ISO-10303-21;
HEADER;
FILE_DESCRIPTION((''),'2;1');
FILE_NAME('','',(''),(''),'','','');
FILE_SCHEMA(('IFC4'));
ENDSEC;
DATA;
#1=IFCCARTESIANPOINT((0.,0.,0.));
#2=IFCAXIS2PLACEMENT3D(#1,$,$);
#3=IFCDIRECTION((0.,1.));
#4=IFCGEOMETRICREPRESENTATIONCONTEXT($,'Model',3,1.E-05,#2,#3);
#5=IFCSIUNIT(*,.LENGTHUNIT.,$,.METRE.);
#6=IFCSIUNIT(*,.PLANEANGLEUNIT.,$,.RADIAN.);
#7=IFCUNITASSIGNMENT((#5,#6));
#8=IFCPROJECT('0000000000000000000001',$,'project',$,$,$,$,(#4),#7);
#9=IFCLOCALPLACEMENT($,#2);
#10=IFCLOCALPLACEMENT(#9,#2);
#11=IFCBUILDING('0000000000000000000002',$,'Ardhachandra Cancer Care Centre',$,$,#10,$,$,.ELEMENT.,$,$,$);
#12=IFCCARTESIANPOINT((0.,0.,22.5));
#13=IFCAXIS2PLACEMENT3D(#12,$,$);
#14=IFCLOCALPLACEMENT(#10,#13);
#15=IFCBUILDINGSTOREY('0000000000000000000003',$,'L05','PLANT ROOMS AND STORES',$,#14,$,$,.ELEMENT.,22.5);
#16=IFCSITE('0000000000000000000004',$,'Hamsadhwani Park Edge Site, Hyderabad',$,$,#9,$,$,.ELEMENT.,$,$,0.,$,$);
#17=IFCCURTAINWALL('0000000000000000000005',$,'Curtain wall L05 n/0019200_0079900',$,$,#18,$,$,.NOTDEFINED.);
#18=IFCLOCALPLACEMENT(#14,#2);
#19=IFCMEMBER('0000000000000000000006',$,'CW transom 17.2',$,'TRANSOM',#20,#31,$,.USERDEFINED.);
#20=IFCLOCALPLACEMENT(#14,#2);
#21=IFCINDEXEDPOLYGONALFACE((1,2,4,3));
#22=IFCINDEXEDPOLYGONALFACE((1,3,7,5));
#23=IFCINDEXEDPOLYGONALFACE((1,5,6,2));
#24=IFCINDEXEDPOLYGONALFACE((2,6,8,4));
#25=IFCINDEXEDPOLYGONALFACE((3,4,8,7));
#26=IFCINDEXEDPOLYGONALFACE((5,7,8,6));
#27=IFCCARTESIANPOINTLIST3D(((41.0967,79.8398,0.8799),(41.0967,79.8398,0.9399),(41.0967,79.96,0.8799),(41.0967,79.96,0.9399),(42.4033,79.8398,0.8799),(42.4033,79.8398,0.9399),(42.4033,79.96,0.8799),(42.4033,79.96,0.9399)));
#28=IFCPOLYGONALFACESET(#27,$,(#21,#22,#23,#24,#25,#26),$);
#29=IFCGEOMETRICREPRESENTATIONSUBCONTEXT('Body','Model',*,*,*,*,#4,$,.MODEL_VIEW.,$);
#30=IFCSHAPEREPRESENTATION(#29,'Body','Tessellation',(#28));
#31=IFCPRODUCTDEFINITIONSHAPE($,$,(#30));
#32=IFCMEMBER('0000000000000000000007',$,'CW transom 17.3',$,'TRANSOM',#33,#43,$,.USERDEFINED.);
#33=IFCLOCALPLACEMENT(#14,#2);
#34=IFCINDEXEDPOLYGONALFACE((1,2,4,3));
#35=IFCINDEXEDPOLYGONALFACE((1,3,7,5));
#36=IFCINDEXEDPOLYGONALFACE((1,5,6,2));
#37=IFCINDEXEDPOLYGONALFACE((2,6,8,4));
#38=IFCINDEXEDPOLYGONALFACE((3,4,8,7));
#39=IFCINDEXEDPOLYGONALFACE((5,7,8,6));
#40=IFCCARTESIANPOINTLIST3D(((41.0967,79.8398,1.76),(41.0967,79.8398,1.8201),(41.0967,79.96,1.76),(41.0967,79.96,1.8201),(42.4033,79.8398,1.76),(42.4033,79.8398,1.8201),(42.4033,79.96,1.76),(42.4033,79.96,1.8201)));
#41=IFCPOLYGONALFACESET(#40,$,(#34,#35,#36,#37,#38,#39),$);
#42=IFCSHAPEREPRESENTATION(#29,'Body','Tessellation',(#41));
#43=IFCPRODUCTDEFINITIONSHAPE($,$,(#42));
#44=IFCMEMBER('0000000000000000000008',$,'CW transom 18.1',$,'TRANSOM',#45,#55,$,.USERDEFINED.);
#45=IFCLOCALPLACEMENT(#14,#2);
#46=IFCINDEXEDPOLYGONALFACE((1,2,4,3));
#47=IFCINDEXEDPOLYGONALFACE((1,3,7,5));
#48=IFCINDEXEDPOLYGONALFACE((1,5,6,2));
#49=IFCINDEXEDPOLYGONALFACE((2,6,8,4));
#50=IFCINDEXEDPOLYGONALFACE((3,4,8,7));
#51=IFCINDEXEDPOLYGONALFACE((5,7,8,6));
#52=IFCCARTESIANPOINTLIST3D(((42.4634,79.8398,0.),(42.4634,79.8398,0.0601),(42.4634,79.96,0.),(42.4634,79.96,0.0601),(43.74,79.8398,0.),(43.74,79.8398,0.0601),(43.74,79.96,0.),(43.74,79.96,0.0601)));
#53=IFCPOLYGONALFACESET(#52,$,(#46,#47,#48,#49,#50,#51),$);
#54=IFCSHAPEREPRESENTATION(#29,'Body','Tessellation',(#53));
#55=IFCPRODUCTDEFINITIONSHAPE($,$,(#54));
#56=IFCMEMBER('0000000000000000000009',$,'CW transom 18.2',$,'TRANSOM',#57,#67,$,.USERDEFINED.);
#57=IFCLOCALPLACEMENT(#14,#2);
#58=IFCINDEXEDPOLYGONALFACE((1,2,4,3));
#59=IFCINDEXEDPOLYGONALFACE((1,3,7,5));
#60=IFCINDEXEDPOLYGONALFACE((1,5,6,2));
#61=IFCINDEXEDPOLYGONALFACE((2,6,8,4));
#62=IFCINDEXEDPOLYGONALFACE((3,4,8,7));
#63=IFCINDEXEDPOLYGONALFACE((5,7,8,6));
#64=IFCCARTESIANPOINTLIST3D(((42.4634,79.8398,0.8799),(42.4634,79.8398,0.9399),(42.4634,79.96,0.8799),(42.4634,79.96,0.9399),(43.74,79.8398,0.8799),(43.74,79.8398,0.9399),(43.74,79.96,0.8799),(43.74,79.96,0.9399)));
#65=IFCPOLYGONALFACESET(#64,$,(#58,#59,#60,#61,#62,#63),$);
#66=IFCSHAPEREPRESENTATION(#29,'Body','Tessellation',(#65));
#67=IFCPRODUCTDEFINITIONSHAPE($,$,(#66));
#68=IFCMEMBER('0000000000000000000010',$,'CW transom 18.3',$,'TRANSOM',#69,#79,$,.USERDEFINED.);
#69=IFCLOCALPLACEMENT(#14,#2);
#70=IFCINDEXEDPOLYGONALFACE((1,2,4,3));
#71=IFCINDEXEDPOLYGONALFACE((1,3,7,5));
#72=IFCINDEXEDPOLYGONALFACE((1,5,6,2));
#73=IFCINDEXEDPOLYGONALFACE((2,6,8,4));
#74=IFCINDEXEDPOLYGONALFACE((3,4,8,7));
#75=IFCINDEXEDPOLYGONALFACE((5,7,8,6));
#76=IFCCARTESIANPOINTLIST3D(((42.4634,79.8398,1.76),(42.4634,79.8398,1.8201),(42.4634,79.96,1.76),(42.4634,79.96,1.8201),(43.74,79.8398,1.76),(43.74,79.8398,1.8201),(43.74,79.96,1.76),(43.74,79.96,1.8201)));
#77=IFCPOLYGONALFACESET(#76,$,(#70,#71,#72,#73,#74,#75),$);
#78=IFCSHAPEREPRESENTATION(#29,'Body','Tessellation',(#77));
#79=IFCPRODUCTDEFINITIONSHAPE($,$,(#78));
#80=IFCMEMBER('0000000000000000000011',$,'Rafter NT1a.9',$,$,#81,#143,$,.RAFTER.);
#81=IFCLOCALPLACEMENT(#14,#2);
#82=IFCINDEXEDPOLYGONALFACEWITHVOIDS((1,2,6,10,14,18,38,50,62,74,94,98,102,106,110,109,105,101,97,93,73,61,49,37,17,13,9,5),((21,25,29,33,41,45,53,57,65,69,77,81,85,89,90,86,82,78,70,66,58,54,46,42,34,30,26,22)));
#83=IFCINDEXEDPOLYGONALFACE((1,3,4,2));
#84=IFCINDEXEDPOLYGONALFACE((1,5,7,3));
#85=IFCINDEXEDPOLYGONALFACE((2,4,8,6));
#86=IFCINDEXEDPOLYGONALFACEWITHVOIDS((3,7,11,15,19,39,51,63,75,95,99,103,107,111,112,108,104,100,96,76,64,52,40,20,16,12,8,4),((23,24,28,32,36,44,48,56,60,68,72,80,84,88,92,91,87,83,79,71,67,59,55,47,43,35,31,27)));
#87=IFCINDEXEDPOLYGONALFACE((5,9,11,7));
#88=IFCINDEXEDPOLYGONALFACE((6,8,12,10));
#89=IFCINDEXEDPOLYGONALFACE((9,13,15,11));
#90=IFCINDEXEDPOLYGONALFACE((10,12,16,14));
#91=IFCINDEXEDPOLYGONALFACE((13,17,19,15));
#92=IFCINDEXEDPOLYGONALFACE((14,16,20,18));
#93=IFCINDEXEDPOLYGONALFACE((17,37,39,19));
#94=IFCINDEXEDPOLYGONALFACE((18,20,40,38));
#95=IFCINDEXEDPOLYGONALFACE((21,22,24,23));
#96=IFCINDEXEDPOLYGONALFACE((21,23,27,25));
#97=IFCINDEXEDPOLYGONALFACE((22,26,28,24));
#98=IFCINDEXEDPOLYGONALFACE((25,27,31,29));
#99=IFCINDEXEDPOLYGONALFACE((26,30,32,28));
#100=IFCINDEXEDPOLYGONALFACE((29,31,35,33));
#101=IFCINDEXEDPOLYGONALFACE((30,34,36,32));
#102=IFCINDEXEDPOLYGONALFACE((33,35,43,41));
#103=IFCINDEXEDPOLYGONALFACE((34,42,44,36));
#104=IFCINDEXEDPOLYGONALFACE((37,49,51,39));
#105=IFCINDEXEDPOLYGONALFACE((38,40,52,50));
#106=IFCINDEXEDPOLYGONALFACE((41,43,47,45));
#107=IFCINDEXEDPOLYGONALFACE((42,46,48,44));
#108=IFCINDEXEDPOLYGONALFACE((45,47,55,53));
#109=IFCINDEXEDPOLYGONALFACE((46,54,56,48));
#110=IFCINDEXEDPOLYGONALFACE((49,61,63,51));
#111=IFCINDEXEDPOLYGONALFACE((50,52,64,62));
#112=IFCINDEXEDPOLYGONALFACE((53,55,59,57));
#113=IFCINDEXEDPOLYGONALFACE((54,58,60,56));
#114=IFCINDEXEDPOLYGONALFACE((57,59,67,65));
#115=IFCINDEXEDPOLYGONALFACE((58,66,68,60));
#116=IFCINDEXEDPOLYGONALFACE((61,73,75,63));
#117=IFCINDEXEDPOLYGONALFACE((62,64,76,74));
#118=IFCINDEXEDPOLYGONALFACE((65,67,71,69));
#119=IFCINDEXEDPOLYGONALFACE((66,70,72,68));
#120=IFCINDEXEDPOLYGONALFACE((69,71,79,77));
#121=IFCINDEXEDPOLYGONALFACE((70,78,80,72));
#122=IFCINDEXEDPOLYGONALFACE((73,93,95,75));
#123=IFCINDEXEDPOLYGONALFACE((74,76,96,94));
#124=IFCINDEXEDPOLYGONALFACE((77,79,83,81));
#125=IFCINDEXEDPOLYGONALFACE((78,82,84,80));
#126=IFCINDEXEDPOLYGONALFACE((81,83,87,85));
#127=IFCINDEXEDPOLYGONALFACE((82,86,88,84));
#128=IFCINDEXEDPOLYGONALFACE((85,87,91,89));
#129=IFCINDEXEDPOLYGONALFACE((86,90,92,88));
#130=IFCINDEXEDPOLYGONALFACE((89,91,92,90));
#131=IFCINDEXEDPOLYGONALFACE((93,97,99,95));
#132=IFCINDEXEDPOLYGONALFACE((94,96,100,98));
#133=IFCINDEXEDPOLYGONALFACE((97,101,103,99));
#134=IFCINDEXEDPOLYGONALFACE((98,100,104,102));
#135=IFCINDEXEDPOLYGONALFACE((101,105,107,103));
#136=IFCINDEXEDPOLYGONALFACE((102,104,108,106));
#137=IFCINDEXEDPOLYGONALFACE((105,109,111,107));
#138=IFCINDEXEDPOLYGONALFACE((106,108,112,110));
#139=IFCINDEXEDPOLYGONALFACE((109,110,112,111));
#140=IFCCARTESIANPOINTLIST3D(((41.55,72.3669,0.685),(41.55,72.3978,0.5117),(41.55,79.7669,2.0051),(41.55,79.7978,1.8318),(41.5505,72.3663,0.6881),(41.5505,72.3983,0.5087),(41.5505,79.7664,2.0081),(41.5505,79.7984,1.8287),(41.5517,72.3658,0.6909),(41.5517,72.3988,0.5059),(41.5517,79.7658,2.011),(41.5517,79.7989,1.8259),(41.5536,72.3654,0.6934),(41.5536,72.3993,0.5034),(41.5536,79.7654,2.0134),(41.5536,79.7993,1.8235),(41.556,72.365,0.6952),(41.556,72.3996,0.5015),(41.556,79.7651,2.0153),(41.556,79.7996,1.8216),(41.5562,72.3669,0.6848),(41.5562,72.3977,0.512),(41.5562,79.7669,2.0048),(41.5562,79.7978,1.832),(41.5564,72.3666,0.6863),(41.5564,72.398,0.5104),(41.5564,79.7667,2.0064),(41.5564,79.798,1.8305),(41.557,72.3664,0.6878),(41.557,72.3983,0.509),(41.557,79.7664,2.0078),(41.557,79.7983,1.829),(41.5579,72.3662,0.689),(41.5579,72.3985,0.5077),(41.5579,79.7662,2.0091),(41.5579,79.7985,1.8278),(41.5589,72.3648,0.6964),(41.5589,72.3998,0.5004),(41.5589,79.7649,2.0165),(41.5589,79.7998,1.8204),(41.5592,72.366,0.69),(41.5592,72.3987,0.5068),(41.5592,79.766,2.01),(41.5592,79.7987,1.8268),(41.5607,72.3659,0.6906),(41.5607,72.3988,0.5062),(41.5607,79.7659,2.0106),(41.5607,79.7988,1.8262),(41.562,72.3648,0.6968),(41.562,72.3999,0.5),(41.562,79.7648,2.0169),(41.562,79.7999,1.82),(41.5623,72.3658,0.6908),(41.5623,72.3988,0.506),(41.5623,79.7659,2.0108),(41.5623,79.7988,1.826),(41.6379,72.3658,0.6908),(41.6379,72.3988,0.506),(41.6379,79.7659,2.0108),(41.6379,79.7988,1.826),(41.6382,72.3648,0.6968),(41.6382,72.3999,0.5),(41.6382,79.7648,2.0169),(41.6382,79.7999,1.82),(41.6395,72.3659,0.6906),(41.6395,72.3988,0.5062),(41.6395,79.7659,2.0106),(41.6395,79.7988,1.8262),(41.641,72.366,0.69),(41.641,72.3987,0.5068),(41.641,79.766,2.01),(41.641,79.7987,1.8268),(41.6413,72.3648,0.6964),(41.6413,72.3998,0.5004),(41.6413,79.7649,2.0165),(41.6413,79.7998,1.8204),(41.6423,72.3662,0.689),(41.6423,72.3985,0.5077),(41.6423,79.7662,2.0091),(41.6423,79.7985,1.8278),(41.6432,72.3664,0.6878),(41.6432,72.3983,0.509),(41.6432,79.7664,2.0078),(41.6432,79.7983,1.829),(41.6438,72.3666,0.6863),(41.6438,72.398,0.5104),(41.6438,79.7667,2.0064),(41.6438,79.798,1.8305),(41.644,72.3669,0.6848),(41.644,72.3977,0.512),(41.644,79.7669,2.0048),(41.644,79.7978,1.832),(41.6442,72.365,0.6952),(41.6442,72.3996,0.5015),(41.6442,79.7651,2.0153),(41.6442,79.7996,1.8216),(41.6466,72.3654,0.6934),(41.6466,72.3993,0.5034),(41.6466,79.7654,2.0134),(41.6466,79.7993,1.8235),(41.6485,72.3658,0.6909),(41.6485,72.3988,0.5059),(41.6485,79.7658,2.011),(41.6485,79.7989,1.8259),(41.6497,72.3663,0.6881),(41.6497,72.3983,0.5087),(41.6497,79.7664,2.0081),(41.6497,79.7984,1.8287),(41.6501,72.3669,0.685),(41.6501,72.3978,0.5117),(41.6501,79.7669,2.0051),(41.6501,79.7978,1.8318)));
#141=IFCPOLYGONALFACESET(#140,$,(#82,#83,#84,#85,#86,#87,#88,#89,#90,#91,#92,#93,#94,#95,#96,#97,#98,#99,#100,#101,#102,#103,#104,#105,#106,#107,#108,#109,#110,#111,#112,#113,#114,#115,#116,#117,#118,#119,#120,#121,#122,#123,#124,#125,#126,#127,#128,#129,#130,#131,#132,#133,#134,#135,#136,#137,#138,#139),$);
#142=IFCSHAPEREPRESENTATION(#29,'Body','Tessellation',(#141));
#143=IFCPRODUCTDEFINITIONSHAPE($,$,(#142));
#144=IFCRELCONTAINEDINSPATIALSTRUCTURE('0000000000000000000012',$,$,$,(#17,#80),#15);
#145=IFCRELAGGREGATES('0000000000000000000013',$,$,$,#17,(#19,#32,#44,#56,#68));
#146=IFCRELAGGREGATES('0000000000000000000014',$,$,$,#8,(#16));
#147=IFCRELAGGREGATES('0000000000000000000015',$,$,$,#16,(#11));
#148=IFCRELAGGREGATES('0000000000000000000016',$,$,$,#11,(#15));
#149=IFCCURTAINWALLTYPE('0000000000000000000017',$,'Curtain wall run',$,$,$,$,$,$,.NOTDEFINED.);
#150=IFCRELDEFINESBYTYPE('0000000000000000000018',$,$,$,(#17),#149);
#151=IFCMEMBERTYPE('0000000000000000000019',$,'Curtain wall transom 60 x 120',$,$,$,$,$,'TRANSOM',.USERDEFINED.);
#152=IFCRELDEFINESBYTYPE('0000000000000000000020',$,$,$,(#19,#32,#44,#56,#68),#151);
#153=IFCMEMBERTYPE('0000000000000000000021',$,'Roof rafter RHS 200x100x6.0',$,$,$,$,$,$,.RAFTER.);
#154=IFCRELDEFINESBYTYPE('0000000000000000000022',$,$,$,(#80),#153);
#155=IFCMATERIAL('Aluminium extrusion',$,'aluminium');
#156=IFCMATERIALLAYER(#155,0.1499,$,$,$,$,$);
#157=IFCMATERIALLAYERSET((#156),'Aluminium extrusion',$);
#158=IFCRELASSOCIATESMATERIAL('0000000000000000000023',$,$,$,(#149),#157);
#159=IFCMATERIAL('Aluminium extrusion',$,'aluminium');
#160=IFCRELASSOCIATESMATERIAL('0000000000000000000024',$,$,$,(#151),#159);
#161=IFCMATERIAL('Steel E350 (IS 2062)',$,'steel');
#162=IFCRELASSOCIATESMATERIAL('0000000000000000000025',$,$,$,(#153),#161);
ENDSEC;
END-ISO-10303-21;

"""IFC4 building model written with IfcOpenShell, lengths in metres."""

from ifc_helpers import new_model, si_unit, direction, frame, origin, origin_2d, place, context, subcontext, project, spatial, rectangle, hollow_rectangle, extrude, material, layer, layer_set, material_profile, profile_set, type_object, element, aggregate, save


model = new_model("IFC4")

# Units and contexts
model_context = context("Model", 3, precision=1e-05, world=origin(), true_north=direction((0.0, 1.0)))
body_context = subcontext(model_context, "Body", "Model", "MODEL_VIEW")
ifc_project = project(units=[si_unit("LENGTHUNIT", "METRE"), si_unit("PLANEANGLEUNIT", "RADIAN")], contexts=[model_context])

# Site, building, storey
site_placement = place(None, origin())
site = spatial("IfcSite", under=ifc_project, at=site_placement, Name="Hamsadhwani Park Edge Site, Hyderabad", CompositionType="ELEMENT", RefElevation=0.0)
building_placement = place(site_placement, origin())
building = spatial("IfcBuilding", under=site, at=building_placement, Name="Ardhachandra Cancer Care Centre", CompositionType="ELEMENT")
storey_placement = place(building_placement, frame((0.0, 0.0, 22.5)))
storey = spatial("IfcBuildingStorey", under=building, at=storey_placement, Name="L05", Description="PLANT ROOMS AND STORES", CompositionType="ELEMENT", Elevation=22.5)

# Curtain wall, members
ifc_material_1 = material(Name="Aluminium extrusion", Category="aluminium")
ifc_layer_1 = layer(ifc_material_1, 0.1499)
ifc_layer_set_1 = layer_set([ifc_layer_1], Name="Aluminium extrusion")
curtain_wall_type = type_object("IfcCurtainWallType", Name="Curtain wall run", PredefinedType="NOTDEFINED", material=ifc_layer_set_1)
curtain_wall_placement = place(storey_placement, origin())
curtain_wall = element("IfcCurtainWall", 1, at=curtain_wall_placement, inside=storey, type_object=curtain_wall_type, Name="Curtain wall L05 n/0019200_0079900", PredefinedType="NOTDEFINED")
ifc_material_2 = material(Name="Aluminium extrusion", Category="aluminium")
ifc_material_profile_1 = material_profile(ifc_material_2, rectangle(XDim=0.1201, YDim=0.0601, at=origin_2d()), Name="Curtain wall transom 60 x 120")
ifc_profile_set_1 = profile_set([ifc_material_profile_1], Name="Aluminium extrusion")
member_type_1 = type_object("IfcMemberType", Name="Curtain wall transom 60 x 120", ElementType="TRANSOM", PredefinedType="USERDEFINED", material=ifc_profile_set_1)
member_1_placement = place(storey_placement, frame((41.0967, 79.8999, 0.9099), z_axis=(1.0, 0.0, 0.0), x_axis=(0.0, 1.0, 0.0)))
member_1 = element("IfcMember", 2, at=member_1_placement, type_object=member_type_1, Name="CW transom 17.2", ObjectType="TRANSOM", PredefinedType="USERDEFINED", context=body_context, shape_type="SweptSolid", body=[
    extrude(rectangle(XDim=0.1201, YDim=0.0601, at=origin_2d()), origin(), (0.0, 0.0, 1.0), 1.3066),
])
member_2_placement = place(storey_placement, frame((41.0967, 79.8999, 1.79), z_axis=(1.0, 0.0, 0.0), x_axis=(0.0, 1.0, 0.0)))
member_2 = element("IfcMember", 3, at=member_2_placement, type_object=member_type_1, Name="CW transom 17.3", ObjectType="TRANSOM", PredefinedType="USERDEFINED", context=body_context, shape_type="SweptSolid", body=[
    extrude(rectangle(XDim=0.1201, YDim=0.0601, at=origin_2d()), origin(), (0.0, 0.0, 1.0), 1.3066),
])
member_3_placement = place(storey_placement, frame((42.4634, 79.8999, 0.03), z_axis=(1.0, 0.0, 0.0), x_axis=(0.0, 1.0, 0.0)))
member_3 = element("IfcMember", 4, at=member_3_placement, type_object=member_type_1, Name="CW transom 18.1", ObjectType="TRANSOM", PredefinedType="USERDEFINED", context=body_context, shape_type="SweptSolid", body=[
    extrude(rectangle(XDim=0.1201, YDim=0.0601, at=origin_2d()), origin(), (0.0, 0.0, 1.0), 1.2766),
])
member_4_placement = place(storey_placement, frame((42.4634, 79.8999, 0.9099), z_axis=(1.0, 0.0, 0.0), x_axis=(0.0, 1.0, 0.0)))
member_4 = element("IfcMember", 5, at=member_4_placement, type_object=member_type_1, Name="CW transom 18.2", ObjectType="TRANSOM", PredefinedType="USERDEFINED", context=body_context, shape_type="SweptSolid", body=[
    extrude(rectangle(XDim=0.1201, YDim=0.0601, at=origin_2d()), origin(), (0.0, 0.0, 1.0), 1.2766),
])
member_5_placement = place(storey_placement, frame((42.4634, 79.8999, 1.79), z_axis=(1.0, 0.0, 0.0), x_axis=(0.0, 1.0, 0.0)))
member_5 = element("IfcMember", 6, at=member_5_placement, type_object=member_type_1, Name="CW transom 18.3", ObjectType="TRANSOM", PredefinedType="USERDEFINED", context=body_context, shape_type="SweptSolid", body=[
    extrude(rectangle(XDim=0.1201, YDim=0.0601, at=origin_2d()), origin(), (0.0, 0.0, 1.0), 1.2766),
])

# Member
ifc_material_3 = material(Name="Steel E350 (IS 2062)", Category="steel")
ifc_material_profile_2 = material_profile(ifc_material_3, hollow_rectangle(XDim=0.1001, YDim=0.2, WallThickness=0.0061, InnerFilletRadius=0.0061, OuterFilletRadius=0.012, at=origin_2d()), Name="RHS 200x100x6.0")
ifc_profile_set_2 = profile_set([ifc_material_profile_2], Name="Steel E350 (IS 2062)")
member_type_2 = type_object("IfcMemberType", Name="Roof rafter RHS 200x100x6.0", PredefinedType="RAFTER", material=ifc_profile_set_2)
member_6_placement = place(storey_placement, frame((41.6001, 72.3823, 0.5984), z_axis=(0.0, 0.984459, 0.175612), x_axis=(-1.0, 0.0, 0.0)))
element("IfcMember", 7, at=member_6_placement, inside=storey, type_object=member_type_2, Name="Rafter NT1a.9", PredefinedType="RAFTER", context=body_context, shape_type="SweptSolid", body=[
    extrude(hollow_rectangle(XDim=0.1001, YDim=0.2, WallThickness=0.0061, InnerFilletRadius=0.0061, OuterFilletRadius=0.012, at=origin_2d()), origin(), (0.0, 0.0, 1.0), 7.5168),
])

aggregate(curtain_wall, [member_1, member_2, member_3, member_4, member_5])

save(model, "model.ifc")
